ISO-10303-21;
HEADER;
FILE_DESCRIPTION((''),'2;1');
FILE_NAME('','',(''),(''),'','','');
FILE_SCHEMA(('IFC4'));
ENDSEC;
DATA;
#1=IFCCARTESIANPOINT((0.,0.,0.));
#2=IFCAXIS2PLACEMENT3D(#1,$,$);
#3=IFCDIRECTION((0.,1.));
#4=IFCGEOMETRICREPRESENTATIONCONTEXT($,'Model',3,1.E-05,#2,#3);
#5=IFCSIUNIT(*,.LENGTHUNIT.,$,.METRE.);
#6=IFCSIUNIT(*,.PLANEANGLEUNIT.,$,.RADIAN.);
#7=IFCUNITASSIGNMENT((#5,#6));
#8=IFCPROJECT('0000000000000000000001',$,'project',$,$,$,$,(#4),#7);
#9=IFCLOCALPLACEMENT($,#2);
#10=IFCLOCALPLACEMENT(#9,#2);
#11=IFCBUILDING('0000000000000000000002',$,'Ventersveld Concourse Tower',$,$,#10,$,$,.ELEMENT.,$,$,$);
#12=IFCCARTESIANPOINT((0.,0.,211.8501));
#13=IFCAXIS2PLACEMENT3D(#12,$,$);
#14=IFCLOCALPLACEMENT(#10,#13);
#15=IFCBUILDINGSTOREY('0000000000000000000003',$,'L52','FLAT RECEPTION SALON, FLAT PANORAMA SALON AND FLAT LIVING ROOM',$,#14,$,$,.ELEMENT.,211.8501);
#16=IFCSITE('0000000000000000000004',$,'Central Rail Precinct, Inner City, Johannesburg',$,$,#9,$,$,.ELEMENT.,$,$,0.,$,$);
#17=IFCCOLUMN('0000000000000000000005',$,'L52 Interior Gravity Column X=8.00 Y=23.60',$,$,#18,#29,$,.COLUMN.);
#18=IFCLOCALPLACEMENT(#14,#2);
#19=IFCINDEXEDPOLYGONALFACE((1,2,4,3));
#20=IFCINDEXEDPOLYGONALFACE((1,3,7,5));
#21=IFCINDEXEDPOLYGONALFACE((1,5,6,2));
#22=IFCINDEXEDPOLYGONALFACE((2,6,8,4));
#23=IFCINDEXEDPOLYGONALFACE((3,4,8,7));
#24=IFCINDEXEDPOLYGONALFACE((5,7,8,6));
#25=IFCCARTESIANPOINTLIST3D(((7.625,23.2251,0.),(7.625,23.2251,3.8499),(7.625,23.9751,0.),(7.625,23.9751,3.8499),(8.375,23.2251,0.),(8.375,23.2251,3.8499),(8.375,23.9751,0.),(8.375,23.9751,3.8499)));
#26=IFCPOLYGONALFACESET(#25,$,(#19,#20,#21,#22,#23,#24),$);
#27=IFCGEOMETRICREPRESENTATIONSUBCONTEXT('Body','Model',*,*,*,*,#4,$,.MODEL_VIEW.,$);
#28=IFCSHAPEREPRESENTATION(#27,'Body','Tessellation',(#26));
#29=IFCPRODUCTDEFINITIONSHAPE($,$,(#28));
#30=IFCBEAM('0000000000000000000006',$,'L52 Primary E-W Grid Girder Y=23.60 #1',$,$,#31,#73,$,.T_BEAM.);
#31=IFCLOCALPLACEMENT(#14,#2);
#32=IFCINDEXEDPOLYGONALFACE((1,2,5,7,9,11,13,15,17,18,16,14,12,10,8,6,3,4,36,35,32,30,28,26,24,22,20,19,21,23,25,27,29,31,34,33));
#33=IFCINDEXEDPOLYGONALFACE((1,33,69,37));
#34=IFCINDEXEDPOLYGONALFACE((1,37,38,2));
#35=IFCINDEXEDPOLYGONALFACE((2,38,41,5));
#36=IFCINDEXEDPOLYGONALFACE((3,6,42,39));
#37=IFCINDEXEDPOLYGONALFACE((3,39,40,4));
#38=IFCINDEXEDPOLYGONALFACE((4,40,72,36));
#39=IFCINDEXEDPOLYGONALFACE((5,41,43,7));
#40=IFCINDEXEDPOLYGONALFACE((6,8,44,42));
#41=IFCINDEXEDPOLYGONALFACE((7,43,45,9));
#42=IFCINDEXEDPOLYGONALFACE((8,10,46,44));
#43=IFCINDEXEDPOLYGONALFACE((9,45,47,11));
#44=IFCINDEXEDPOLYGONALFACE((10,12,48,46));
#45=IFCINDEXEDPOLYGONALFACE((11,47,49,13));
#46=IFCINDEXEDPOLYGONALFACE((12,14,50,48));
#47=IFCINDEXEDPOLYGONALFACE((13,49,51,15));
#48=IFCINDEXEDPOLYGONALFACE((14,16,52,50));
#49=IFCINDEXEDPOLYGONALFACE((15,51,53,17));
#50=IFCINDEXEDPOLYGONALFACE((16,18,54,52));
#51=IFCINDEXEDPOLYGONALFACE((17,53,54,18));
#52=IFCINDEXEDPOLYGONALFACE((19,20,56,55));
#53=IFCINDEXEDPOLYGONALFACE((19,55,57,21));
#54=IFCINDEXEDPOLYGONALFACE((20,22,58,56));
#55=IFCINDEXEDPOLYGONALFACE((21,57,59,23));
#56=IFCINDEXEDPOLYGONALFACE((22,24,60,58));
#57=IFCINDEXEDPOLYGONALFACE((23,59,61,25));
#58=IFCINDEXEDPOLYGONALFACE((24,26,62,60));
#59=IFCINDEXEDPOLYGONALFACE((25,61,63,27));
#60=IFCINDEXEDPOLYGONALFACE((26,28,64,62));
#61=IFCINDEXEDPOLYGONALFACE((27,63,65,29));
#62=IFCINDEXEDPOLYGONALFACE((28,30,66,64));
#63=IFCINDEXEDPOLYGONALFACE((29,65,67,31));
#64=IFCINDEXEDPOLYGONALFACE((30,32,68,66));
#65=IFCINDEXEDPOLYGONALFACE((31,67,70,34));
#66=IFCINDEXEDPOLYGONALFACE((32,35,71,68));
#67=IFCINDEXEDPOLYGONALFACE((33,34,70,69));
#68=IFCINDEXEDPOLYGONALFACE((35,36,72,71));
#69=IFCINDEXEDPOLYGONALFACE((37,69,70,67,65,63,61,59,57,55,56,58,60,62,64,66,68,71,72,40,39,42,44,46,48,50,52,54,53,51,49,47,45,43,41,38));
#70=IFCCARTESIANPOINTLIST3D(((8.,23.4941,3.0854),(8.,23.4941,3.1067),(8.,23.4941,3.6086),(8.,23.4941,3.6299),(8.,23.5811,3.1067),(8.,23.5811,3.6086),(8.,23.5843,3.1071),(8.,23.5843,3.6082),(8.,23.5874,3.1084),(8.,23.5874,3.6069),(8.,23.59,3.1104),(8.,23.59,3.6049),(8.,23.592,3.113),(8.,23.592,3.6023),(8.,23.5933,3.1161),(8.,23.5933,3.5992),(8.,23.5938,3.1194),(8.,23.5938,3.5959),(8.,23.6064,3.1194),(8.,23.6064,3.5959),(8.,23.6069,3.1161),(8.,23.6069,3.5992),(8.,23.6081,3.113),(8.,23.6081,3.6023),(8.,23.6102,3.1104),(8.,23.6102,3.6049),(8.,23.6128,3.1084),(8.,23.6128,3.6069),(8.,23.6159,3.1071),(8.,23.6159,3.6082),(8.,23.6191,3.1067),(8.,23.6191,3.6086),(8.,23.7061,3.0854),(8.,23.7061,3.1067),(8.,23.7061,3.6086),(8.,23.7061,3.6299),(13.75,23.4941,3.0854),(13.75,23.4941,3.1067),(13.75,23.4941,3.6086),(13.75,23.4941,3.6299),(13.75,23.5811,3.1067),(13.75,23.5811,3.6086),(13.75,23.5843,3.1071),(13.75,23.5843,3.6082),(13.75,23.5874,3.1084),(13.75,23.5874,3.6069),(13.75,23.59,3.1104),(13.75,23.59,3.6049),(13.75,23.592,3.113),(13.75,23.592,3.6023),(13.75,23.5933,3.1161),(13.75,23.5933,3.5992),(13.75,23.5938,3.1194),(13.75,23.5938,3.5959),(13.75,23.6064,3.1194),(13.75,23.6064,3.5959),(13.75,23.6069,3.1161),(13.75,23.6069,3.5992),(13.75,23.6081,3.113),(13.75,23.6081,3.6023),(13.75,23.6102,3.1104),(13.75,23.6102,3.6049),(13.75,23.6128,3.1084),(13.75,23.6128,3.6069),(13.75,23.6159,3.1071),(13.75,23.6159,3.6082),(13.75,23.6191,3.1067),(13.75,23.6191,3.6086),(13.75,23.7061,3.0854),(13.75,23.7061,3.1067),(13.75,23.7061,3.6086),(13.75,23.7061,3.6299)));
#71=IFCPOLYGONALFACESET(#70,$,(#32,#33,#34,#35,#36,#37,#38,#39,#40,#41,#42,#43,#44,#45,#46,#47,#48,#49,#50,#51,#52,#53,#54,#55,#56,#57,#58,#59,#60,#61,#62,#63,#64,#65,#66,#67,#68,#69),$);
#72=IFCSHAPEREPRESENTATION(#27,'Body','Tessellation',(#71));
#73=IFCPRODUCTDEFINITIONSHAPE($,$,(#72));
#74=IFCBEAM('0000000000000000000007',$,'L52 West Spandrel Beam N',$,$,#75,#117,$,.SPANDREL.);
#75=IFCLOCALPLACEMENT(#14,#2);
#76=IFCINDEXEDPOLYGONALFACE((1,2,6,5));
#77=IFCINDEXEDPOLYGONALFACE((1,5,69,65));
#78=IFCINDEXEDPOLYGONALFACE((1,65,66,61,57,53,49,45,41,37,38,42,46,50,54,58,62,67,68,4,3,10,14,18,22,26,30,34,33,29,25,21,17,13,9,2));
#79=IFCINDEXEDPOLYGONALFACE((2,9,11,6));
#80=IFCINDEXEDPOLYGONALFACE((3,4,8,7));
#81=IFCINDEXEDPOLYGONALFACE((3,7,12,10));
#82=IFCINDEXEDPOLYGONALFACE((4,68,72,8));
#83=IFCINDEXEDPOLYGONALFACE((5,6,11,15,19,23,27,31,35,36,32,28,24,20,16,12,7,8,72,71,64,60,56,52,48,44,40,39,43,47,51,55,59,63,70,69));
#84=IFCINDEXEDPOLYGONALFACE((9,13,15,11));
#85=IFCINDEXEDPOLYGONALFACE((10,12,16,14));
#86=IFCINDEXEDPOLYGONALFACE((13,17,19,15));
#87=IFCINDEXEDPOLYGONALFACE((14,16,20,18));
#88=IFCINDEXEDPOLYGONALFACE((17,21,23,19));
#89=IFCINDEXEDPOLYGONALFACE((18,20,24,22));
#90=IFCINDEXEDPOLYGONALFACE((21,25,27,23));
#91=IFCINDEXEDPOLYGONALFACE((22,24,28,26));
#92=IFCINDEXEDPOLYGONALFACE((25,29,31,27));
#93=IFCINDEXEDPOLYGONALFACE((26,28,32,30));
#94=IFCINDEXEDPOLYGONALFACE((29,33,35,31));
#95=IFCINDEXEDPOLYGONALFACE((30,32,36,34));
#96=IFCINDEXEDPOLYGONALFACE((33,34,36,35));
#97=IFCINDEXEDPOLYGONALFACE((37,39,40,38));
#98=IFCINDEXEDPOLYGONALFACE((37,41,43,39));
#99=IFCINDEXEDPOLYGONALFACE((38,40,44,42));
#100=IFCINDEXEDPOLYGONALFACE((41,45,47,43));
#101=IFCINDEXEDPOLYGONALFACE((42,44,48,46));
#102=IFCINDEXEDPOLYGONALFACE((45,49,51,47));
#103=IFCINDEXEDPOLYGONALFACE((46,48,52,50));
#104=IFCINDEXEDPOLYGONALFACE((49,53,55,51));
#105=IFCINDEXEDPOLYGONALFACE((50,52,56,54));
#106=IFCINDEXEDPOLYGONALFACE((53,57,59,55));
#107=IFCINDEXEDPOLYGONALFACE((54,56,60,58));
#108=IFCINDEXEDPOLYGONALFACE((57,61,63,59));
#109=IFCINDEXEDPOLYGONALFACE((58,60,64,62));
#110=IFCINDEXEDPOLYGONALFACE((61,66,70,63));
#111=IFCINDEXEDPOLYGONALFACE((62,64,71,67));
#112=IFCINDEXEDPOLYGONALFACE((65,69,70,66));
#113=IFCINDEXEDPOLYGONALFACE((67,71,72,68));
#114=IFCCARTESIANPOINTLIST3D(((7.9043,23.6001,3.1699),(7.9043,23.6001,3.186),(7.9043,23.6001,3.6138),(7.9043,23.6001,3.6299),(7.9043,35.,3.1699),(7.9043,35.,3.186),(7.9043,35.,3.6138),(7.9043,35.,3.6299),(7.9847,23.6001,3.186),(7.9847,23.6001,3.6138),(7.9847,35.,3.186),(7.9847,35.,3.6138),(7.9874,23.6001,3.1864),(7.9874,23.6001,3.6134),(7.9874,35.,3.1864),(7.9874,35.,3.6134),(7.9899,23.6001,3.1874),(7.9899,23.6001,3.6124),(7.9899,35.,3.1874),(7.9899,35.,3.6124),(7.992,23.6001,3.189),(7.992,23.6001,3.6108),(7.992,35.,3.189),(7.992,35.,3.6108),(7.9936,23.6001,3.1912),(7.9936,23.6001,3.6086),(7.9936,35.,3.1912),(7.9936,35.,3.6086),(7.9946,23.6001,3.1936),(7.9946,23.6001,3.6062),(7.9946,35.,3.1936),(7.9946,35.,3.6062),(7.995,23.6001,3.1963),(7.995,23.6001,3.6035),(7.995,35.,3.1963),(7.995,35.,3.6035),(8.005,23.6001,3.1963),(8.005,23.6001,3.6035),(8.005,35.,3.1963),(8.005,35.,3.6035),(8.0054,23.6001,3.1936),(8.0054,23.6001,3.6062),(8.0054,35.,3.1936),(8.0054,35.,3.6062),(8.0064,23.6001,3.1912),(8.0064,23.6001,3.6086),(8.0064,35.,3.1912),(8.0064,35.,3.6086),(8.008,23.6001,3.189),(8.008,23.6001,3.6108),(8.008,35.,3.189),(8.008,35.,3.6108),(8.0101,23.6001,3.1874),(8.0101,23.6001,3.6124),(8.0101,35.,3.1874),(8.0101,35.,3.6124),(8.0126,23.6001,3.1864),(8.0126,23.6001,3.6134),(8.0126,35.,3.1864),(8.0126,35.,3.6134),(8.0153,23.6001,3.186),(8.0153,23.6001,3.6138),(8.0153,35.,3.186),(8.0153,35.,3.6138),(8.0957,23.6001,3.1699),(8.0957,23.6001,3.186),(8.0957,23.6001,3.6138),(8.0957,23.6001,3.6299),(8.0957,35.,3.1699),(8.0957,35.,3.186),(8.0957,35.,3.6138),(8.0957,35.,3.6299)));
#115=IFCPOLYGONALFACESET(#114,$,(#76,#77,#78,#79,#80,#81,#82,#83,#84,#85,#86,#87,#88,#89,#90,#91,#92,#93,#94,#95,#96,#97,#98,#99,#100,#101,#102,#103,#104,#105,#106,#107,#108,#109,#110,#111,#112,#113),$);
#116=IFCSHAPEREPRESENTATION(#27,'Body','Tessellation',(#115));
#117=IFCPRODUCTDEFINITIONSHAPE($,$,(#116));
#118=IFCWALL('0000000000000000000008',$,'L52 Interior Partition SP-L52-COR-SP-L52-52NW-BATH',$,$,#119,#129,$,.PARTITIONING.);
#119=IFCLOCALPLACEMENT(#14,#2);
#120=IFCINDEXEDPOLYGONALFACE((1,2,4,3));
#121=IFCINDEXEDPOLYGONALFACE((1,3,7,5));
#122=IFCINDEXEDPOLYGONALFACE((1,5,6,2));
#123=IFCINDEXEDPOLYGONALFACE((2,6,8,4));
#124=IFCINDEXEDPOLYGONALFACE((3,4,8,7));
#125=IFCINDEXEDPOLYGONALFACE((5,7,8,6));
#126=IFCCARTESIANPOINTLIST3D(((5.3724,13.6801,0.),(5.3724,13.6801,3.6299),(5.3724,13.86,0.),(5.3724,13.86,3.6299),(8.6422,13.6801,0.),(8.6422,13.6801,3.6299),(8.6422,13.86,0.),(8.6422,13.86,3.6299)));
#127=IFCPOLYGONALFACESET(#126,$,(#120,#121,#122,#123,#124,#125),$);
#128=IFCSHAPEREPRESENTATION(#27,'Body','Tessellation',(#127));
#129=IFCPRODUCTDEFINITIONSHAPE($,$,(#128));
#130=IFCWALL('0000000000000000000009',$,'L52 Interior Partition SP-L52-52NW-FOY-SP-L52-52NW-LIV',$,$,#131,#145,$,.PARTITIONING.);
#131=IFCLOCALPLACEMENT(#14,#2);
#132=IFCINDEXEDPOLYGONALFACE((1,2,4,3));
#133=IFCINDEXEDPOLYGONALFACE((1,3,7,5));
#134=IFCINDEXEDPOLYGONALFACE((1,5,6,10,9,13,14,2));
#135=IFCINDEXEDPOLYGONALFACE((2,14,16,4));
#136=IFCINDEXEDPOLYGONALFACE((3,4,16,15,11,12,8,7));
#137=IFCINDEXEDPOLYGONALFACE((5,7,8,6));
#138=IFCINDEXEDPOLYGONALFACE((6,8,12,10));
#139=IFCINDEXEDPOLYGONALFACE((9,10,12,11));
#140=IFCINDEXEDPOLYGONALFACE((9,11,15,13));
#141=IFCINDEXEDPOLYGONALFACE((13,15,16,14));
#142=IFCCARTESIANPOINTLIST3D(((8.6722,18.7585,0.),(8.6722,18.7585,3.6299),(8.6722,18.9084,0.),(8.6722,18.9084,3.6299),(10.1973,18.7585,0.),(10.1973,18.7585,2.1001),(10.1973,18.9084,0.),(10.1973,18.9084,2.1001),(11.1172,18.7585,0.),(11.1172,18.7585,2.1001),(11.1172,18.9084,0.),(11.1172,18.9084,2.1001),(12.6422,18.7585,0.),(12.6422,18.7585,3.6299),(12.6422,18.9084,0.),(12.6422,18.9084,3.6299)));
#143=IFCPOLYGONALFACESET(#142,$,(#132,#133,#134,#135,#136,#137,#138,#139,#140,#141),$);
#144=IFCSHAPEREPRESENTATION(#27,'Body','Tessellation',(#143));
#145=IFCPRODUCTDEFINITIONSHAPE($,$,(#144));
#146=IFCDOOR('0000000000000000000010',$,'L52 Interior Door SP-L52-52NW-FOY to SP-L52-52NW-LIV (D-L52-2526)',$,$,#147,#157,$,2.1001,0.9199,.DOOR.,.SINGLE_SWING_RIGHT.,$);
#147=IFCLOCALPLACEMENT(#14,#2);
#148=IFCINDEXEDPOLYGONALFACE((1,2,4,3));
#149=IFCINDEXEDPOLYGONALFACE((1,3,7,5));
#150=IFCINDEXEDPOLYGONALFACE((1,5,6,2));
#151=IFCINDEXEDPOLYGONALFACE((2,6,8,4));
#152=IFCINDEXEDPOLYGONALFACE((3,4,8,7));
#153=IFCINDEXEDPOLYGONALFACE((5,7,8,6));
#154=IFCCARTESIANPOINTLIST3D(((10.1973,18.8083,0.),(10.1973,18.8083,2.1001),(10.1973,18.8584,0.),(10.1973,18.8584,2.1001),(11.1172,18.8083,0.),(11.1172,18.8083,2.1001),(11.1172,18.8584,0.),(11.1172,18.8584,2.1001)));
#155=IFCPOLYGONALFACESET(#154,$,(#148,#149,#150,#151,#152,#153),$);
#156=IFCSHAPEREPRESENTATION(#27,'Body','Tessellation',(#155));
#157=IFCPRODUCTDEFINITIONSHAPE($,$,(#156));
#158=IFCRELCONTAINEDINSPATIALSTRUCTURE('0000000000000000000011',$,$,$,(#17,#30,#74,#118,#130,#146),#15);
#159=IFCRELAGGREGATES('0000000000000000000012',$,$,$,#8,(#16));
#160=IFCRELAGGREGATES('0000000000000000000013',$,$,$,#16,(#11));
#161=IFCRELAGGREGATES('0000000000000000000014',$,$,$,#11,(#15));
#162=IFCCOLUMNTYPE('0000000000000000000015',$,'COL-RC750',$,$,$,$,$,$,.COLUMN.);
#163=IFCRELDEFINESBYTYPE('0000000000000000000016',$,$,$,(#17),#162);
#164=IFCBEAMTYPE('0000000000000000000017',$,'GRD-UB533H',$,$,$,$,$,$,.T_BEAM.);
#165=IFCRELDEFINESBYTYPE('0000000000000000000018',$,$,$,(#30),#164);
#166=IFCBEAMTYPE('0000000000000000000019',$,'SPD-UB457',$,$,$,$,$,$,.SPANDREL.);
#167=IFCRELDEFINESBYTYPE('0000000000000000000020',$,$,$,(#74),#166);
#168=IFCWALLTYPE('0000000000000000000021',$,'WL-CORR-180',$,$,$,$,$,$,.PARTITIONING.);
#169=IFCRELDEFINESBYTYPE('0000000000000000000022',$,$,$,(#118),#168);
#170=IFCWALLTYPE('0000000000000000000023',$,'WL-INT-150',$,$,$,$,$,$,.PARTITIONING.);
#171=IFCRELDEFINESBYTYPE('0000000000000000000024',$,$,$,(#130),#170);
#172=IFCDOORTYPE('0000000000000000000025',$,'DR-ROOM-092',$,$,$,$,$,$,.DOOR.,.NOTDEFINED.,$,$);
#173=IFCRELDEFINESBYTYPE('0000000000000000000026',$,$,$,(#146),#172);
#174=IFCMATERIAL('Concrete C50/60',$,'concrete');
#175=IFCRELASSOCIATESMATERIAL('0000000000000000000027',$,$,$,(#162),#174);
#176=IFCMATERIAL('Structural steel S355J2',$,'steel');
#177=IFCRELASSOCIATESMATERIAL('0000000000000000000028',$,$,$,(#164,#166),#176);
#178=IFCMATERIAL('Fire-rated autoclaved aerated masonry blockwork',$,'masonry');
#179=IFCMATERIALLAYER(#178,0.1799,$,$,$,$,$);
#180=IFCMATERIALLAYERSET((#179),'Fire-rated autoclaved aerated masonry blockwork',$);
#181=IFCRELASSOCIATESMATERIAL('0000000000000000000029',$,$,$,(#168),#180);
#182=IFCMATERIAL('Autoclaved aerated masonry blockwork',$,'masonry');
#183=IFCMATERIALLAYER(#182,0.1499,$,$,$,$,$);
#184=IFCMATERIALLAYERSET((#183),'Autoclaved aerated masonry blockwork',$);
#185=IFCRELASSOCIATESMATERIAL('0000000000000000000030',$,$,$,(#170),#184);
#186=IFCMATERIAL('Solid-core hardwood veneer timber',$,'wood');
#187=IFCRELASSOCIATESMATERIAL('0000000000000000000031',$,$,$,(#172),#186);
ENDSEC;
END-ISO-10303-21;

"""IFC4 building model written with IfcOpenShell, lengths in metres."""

from ifc_helpers import new_model, si_unit, direction, frame, frame_2d, origin, origin_2d, place, context, subcontext, project, spatial, rectangle, i_section, extrude, material, layer, layer_set, material_profile, profile_set, type_object, element, fill, save


model = new_model("IFC4")

# Units and contexts
model_context = context("Model", 3, precision=1e-05, world=origin(), true_north=direction((0.0, 1.0)))
body_context = subcontext(model_context, "Body", "Model", "MODEL_VIEW")
ifc_project = project(units=[si_unit("LENGTHUNIT", "METRE"), si_unit("PLANEANGLEUNIT", "RADIAN")], contexts=[model_context])

# Site, building, storey
site_placement = place(None, origin())
site = spatial("IfcSite", under=ifc_project, at=site_placement, Name="Central Rail Precinct, Inner City, Johannesburg", CompositionType="ELEMENT", RefElevation=0.0)
building_placement = place(site_placement, origin())
building = spatial("IfcBuilding", under=site, at=building_placement, Name="Ventersveld Concourse Tower", CompositionType="ELEMENT")
storey_placement = place(building_placement, frame((0.0, 0.0, 211.8501)))
storey = spatial("IfcBuildingStorey", under=building, at=storey_placement, Name="L52", Description="FLAT RECEPTION SALON, FLAT PANORAMA SALON AND FLAT LIVING ROOM", CompositionType="ELEMENT", Elevation=211.8501)

# Column
ifc_material_1 = material(Name="Concrete C50/60", Category="concrete")
ifc_material_profile_1 = material_profile(ifc_material_1, rectangle(XDim=0.75, YDim=0.75, at=origin_2d()), Name="RC 750x750")
ifc_profile_set_1 = profile_set([ifc_material_profile_1], Name="Concrete C50/60")
column_type = type_object("IfcColumnType", Name="COL-RC750", PredefinedType="COLUMN", material=ifc_profile_set_1)
column_placement = place(storey_placement, frame((8.0, 23.6001, 0.0), z_axis=(0.0, 0.0, 1.0), x_axis=(1.0, 0.0, 0.0)))
element("IfcColumn", 1, at=column_placement, inside=storey, type_object=column_type, Name="L52 Interior Gravity Column X=8.00 Y=23.60", PredefinedType="COLUMN", context=body_context, shape_type="SweptSolid", body=[
    extrude(rectangle(XDim=0.75, YDim=0.75, at=origin_2d()), origin(), (0.0, 0.0, 1.0), 3.8499),
])

# Beams
ifc_material_2 = material(Name="Structural steel S355J2", Category="steel")
ifc_material_profile_2 = material_profile(ifc_material_2, i_section(OverallWidth=0.2119, OverallDepth=0.5444, WebThickness=0.0127, FlangeThickness=0.0212, FilletRadius=0.0127, at=origin_2d()), Name="UB 533x210x122")
ifc_profile_set_2 = profile_set([ifc_material_profile_2], Name="Structural steel S355J2")
beam_type_1 = type_object("IfcBeamType", Name="GRD-UB533H", PredefinedType="T_BEAM", material=ifc_profile_set_2)
beam_1_placement = place(storey_placement, frame((8.0, 23.6001, 3.3577), z_axis=(1.0, 0.0, 0.0), x_axis=(0.0, 1.0, 0.0)))
element("IfcBeam", 2, at=beam_1_placement, inside=storey, type_object=beam_type_1, Name="L52 Primary E-W Grid Girder Y=23.60 #1", PredefinedType="T_BEAM", context=body_context, shape_type="SweptSolid", body=[
    extrude(i_section(OverallWidth=0.2119, OverallDepth=0.5444, WebThickness=0.0127, FlangeThickness=0.0212, FilletRadius=0.0127, at=origin_2d()), origin(), (0.0, 0.0, 1.0), 5.75),
])
ifc_material_profile_3 = material_profile(ifc_material_2, i_section(OverallWidth=0.1914, OverallDepth=0.46, WebThickness=0.01, FlangeThickness=0.0161, FilletRadius=0.0103, at=origin_2d()), Name="UB 457x191x82")
ifc_profile_set_3 = profile_set([ifc_material_profile_3], Name="Structural steel S355J2")
beam_type_2 = type_object("IfcBeamType", Name="SPD-UB457", PredefinedType="SPANDREL", material=ifc_profile_set_3)
beam_2_placement = place(storey_placement, frame((8.0, 23.6001, 3.3999), z_axis=(0.0, 1.0, 0.0), x_axis=(-1.0, 0.0, 0.0)))
element("IfcBeam", 3, at=beam_2_placement, inside=storey, type_object=beam_type_2, Name="L52 West Spandrel Beam N", PredefinedType="SPANDREL", context=body_context, shape_type="SweptSolid", body=[
    extrude(i_section(OverallWidth=0.1914, OverallDepth=0.46, WebThickness=0.01, FlangeThickness=0.0161, FilletRadius=0.0103, at=origin_2d()), origin(), (0.0, 0.0, 1.0), 11.3999),
])

# Shared definitions
ifc_material_3 = material(Name="Fire-rated autoclaved aerated masonry blockwork", Category="masonry")
ifc_layer_1 = layer(ifc_material_3, 0.1799)
ifc_layer_set_1 = layer_set([ifc_layer_1], Name="Fire-rated autoclaved aerated masonry blockwork")
wall_type_1 = type_object("IfcWallType", Name="WL-CORR-180", PredefinedType="PARTITIONING", material=ifc_layer_set_1)
ifc_material_4 = material(Name="Solid-core hardwood veneer timber", Category="wood")

# Wall
wall_1_placement = place(storey_placement, frame((5.3726, 13.77, 0.0), z_axis=(0.0, 0.0, 1.0), x_axis=(1.0, 0.0, 0.0)))
element("IfcWall", 4, at=wall_1_placement, inside=storey, type_object=wall_type_1, Name="L52 Interior Partition SP-L52-COR-SP-L52-52NW-BATH", PredefinedType="PARTITIONING", context=body_context, shape_type="SweptSolid", body=[
    extrude(rectangle(XDim=3.2698, YDim=0.1799, at=frame_2d((1.6348, 0.0))), origin(), (0.0, 0.0, 1.0), 3.6299),
])

# Wall, opening, door
ifc_material_5 = material(Name="Autoclaved aerated masonry blockwork", Category="masonry")
ifc_layer_2 = layer(ifc_material_5, 0.1499)
ifc_layer_set_2 = layer_set([ifc_layer_2], Name="Autoclaved aerated masonry blockwork")
wall_type_2 = type_object("IfcWallType", Name="WL-INT-150", PredefinedType="PARTITIONING", material=ifc_layer_set_2)
wall_2_placement = place(storey_placement, frame((8.6724, 18.8335, 0.0), z_axis=(0.0, 0.0, 1.0), x_axis=(1.0, 0.0, 0.0)))
wall_2 = element("IfcWall", 5, at=wall_2_placement, inside=storey, type_object=wall_type_2, Name="L52 Interior Partition SP-L52-52NW-FOY-SP-L52-52NW-LIV", PredefinedType="PARTITIONING", context=body_context, shape_type="SweptSolid", body=[
    extrude(rectangle(XDim=3.97, YDim=0.1499, at=frame_2d((1.9849, 0.0))), origin(), (0.0, 0.0, 1.0), 3.6299),
])
opening_1_placement = place(wall_2_placement, frame((1.5249, 0.0, 0.0)))
opening_1 = element("IfcOpeningElement", 6, at=opening_1_placement, cuts=wall_2, PredefinedType="OPENING", context=body_context, shape_type="SweptSolid", body=[
    extrude(rectangle(XDim=0.9199, YDim=2.1001, at=frame_2d((0.46, 1.05))), frame((0.0, 0.085, 0.0), z_axis=(0.0, -1.0, 0.0), x_axis=(1.0, 0.0, 0.0)), (0.0, 0.0, 1.0), 0.1699),
])
door_type_1 = type_object("IfcDoorType", Name="DR-ROOM-092", OperationType="NOTDEFINED", PredefinedType="DOOR", material=ifc_material_4)
door_1_placement = place(opening_1_placement, origin())
door_1 = element("IfcDoor", 7, at=door_1_placement, inside=storey, type_object=door_type_1, Name="L52 Interior Door SP-L52-52NW-FOY to SP-L52-52NW-LIV (D-L52-2526)", OperationType="SINGLE_SWING_RIGHT", OverallHeight=2.1001, OverallWidth=0.9199, PredefinedType="DOOR", context=body_context, shape_type="SweptSolid", body=[
    extrude(rectangle(XDim=0.9199, YDim=2.1001, at=frame_2d((0.46, 1.05))), frame((0.0, 0.0249, 0.0), z_axis=(0.0, -1.0, 0.0), x_axis=(1.0, 0.0, 0.0)), (0.0, 0.0, 1.0), 0.05),
])
fill(opening_1, door_1)

save(model, "model.ifc")
